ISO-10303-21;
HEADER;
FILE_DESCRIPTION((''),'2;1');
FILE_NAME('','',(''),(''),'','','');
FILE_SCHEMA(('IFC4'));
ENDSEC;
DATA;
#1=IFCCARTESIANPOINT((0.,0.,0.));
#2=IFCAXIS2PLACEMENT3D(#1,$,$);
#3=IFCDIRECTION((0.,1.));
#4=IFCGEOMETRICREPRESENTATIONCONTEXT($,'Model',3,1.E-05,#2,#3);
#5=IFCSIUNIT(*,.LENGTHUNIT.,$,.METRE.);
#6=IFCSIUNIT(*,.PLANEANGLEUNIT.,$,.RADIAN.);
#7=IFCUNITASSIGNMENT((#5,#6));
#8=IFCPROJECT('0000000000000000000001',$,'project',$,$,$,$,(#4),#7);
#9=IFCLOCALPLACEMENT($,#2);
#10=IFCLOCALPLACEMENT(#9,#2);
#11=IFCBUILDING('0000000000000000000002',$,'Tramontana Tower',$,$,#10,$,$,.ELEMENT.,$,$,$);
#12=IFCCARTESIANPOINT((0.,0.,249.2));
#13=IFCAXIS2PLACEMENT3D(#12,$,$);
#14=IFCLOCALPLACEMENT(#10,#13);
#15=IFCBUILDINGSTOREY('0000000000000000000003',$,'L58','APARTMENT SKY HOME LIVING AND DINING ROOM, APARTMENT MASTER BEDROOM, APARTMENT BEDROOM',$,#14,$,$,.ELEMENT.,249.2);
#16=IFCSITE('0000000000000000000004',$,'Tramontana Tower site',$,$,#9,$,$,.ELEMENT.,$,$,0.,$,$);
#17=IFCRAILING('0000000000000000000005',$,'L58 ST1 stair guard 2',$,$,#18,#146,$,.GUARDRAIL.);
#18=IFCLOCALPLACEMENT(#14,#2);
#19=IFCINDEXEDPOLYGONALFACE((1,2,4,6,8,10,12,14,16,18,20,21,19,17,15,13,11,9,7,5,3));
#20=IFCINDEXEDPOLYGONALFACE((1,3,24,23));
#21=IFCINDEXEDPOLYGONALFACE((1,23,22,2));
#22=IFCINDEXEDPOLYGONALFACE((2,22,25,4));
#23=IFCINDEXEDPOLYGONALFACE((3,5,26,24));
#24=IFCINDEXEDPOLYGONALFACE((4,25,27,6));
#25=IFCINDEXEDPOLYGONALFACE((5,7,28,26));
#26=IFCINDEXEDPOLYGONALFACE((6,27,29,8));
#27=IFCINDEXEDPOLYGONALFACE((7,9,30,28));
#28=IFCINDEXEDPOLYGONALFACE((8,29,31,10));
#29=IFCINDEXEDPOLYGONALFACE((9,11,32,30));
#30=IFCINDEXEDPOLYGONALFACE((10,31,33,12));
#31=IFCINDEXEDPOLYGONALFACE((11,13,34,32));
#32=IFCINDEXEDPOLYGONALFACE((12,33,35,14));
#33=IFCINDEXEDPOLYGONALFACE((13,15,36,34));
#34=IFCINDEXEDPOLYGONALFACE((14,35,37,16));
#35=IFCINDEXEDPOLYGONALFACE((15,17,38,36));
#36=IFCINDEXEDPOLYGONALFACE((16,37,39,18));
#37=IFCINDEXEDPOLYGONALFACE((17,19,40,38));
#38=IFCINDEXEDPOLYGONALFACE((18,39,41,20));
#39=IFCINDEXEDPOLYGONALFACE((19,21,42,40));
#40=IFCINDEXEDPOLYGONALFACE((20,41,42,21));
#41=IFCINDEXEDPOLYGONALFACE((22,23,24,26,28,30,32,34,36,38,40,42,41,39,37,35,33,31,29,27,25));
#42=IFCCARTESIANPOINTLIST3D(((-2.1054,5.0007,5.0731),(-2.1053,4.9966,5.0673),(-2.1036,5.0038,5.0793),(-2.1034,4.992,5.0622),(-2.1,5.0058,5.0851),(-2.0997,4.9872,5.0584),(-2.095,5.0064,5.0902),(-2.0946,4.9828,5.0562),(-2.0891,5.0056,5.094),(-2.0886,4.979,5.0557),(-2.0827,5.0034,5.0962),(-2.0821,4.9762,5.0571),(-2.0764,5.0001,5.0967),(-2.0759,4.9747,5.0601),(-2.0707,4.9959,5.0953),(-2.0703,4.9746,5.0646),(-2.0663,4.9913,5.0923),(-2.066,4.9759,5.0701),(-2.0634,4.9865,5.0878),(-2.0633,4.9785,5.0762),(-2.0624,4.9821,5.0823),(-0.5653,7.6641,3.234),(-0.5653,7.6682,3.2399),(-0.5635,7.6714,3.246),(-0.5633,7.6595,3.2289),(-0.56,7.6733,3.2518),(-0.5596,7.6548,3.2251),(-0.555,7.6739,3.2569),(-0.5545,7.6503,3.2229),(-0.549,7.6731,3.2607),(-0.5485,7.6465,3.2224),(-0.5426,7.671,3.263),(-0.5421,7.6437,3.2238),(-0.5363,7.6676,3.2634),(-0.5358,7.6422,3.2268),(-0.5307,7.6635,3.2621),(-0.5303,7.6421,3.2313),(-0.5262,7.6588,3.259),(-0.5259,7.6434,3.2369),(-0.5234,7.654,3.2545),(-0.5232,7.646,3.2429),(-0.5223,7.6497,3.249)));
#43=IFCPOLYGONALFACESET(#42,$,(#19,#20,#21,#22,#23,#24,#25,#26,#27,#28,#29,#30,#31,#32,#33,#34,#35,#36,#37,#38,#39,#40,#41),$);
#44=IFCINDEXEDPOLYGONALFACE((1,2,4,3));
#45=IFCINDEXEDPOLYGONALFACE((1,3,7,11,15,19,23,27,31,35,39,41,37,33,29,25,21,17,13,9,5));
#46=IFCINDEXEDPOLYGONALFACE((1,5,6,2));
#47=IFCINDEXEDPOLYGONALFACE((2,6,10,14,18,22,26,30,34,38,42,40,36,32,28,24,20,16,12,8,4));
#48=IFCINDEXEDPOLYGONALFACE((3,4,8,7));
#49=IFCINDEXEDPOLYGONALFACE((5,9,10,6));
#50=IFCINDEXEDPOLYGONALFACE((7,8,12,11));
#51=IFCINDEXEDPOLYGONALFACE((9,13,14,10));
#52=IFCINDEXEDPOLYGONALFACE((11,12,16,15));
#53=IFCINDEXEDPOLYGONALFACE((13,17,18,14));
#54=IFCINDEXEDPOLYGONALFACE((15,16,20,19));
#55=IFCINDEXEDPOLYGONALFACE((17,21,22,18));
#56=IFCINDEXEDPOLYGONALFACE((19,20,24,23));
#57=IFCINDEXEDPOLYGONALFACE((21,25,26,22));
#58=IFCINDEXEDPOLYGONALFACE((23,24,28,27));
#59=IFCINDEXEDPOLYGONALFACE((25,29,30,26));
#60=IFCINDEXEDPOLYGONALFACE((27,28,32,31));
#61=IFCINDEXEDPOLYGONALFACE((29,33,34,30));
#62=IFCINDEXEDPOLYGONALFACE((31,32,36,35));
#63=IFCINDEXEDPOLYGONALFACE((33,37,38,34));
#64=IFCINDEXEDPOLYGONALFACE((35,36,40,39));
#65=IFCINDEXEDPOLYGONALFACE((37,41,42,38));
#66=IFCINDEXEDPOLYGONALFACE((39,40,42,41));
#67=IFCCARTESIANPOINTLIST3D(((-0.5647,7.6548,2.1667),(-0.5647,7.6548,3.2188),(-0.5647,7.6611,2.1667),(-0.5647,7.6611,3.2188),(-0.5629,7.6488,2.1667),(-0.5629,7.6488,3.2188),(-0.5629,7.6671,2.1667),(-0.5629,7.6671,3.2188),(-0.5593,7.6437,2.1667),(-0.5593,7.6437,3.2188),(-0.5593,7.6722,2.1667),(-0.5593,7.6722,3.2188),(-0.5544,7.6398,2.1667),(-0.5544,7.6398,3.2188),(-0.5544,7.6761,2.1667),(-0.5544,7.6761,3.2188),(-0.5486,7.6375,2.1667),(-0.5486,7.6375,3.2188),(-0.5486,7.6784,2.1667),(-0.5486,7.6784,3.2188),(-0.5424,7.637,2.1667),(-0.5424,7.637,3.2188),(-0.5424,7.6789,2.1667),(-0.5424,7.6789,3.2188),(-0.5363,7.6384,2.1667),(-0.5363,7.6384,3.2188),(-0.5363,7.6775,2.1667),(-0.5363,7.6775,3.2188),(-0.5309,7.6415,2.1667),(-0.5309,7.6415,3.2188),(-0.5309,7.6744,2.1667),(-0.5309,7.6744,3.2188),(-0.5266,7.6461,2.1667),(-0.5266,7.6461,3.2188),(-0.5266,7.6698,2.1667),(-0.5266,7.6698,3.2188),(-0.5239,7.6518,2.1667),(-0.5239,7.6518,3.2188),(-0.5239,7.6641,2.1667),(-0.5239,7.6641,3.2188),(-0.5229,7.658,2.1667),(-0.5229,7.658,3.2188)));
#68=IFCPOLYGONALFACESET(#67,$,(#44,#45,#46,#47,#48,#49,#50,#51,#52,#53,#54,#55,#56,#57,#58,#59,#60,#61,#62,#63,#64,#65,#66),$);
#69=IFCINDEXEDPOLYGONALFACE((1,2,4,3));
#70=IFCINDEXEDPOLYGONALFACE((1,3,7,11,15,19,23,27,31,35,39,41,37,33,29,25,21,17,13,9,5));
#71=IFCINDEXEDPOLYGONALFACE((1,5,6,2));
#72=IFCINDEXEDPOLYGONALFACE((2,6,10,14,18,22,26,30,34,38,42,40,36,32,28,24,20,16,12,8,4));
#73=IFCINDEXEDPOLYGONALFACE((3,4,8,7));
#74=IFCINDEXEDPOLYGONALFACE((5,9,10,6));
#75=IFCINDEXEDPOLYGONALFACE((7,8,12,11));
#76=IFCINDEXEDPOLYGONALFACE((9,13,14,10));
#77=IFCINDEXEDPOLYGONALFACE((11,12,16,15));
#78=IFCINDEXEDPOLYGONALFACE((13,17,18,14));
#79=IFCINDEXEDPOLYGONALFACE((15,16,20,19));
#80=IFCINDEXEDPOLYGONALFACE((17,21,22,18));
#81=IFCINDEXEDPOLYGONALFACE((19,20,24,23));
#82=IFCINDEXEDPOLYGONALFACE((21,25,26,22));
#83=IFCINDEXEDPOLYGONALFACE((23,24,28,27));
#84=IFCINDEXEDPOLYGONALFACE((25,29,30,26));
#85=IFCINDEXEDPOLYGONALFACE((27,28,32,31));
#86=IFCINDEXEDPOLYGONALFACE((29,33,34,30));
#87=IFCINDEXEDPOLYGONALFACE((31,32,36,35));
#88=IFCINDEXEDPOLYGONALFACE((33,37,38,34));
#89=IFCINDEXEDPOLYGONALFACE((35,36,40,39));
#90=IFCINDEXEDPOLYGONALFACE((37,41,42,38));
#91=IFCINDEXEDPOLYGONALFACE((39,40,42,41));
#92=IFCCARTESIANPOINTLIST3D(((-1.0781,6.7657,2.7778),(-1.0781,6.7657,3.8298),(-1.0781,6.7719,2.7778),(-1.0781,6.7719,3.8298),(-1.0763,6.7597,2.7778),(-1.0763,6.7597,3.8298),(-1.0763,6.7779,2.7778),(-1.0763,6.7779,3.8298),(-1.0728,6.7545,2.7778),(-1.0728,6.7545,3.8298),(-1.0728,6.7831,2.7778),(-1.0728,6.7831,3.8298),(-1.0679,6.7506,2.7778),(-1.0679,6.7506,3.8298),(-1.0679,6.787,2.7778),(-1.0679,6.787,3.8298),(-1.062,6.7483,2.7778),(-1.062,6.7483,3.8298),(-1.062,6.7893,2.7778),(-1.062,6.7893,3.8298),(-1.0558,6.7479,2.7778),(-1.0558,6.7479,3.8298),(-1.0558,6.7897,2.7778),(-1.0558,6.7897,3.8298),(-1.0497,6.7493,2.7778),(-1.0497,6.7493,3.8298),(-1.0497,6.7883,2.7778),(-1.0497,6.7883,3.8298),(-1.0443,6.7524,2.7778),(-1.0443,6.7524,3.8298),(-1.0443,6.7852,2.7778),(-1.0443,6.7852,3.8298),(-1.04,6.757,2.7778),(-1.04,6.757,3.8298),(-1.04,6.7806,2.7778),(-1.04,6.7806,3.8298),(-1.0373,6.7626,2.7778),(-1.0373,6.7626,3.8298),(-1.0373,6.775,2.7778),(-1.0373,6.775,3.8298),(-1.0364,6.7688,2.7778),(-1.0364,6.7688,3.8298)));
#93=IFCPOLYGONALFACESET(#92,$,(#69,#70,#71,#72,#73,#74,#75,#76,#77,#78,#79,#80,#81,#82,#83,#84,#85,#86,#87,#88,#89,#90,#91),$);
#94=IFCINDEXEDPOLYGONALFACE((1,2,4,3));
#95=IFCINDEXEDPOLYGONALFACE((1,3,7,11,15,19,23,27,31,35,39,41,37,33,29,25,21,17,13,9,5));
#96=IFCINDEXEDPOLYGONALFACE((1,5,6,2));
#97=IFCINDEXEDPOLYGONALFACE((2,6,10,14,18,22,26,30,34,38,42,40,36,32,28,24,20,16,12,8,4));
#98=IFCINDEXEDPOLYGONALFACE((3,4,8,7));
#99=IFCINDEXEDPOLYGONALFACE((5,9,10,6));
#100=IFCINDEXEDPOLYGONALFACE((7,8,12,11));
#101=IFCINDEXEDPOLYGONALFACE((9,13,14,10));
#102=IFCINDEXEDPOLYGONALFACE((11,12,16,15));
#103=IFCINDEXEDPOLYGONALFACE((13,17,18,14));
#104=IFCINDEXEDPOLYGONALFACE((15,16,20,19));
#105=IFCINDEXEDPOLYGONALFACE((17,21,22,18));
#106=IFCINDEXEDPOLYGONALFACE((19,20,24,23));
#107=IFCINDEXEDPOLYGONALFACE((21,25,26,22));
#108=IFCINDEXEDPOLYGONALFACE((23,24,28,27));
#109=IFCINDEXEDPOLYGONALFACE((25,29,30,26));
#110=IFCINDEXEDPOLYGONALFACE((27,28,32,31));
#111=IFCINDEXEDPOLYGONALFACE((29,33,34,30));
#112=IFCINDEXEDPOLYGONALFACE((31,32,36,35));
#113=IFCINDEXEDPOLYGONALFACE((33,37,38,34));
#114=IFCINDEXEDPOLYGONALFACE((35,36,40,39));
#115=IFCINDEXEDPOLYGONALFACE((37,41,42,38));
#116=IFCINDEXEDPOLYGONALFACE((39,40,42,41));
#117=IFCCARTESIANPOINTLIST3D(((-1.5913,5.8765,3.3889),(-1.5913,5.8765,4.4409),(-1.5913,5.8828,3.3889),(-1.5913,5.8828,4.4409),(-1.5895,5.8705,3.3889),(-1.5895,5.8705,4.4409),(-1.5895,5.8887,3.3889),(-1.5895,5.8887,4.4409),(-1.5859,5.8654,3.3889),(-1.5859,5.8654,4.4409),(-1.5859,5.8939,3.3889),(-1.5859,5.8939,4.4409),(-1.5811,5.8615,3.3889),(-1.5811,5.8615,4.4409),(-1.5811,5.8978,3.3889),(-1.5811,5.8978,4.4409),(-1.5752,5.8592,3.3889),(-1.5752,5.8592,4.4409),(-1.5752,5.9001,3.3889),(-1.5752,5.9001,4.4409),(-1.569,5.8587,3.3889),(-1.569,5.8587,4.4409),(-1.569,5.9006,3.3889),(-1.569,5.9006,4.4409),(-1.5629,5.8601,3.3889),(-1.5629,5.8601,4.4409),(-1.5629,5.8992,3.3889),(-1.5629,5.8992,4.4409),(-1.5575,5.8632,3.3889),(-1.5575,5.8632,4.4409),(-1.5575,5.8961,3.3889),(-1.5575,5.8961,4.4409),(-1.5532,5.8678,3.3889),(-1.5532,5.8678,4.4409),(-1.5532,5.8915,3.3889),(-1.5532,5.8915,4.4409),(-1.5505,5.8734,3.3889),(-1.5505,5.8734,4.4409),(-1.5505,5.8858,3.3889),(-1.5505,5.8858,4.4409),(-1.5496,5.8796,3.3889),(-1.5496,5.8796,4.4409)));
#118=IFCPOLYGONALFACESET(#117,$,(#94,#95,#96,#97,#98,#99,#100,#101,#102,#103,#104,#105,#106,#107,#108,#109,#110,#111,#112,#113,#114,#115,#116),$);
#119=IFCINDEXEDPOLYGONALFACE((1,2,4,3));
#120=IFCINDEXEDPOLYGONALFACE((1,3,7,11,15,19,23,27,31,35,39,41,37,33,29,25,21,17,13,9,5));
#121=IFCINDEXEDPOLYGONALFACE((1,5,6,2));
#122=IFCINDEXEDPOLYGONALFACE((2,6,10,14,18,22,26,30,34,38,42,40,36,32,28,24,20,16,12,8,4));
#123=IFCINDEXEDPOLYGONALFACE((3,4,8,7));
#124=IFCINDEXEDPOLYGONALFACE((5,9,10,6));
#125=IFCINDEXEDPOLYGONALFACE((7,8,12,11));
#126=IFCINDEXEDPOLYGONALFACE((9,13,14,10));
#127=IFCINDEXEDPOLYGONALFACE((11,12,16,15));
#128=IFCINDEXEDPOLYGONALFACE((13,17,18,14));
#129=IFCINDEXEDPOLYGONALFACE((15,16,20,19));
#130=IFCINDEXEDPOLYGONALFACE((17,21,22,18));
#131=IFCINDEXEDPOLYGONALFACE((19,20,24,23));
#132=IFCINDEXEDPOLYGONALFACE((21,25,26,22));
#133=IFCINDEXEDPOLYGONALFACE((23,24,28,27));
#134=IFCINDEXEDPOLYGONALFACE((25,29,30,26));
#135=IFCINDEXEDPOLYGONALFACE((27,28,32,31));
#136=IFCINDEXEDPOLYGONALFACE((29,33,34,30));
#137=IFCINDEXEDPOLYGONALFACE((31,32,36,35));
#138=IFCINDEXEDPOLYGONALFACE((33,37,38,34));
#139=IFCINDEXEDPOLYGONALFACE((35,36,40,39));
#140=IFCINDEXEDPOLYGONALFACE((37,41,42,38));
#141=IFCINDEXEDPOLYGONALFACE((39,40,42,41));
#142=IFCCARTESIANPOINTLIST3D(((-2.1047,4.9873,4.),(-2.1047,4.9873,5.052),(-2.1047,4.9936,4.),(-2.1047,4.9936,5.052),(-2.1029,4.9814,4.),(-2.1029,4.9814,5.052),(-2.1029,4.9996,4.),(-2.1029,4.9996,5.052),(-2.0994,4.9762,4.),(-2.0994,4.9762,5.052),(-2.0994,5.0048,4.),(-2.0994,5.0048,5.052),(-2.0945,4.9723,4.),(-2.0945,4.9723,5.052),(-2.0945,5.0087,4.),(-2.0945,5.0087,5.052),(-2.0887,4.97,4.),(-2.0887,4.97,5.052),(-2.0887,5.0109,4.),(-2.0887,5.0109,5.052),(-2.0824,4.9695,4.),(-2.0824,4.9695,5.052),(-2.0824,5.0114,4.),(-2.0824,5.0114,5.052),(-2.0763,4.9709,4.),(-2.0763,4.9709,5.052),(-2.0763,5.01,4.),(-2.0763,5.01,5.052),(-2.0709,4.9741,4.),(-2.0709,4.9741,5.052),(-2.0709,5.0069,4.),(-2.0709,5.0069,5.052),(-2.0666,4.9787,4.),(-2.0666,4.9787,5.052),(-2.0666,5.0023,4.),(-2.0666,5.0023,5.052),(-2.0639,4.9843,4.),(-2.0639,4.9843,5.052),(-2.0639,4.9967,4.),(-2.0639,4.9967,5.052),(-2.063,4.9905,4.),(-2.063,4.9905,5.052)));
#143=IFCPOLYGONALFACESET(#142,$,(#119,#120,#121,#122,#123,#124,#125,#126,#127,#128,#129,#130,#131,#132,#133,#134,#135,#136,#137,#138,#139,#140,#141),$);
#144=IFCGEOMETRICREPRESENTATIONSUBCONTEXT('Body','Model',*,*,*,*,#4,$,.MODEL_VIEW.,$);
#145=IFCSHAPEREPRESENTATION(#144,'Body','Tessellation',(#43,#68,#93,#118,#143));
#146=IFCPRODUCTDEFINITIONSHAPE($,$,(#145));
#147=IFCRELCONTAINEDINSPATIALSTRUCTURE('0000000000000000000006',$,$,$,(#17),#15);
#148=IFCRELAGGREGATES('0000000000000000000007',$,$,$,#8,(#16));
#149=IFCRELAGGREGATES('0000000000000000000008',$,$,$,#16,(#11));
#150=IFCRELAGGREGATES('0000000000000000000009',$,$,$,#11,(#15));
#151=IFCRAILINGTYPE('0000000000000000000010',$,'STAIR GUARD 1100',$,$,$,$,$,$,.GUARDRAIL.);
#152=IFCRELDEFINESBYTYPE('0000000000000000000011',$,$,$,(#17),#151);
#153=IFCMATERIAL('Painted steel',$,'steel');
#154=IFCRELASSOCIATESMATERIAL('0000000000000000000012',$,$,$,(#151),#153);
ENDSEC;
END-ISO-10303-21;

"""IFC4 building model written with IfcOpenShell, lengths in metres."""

from ifc_helpers import new_model, si_unit, direction, frame, origin, origin_2d, place, context, subcontext, project, spatial, circle, extrude, material, type_object, element, save


model = new_model("IFC4")

# Units and contexts
model_context = context("Model", 3, precision=1e-05, world=origin(), true_north=direction((0.0, 1.0)))
body_context = subcontext(model_context, "Body", "Model", "MODEL_VIEW")
ifc_project = project(units=[si_unit("LENGTHUNIT", "METRE"), si_unit("PLANEANGLEUNIT", "RADIAN")], contexts=[model_context])

# Site, building, storey
site_placement = place(None, origin())
site = spatial("IfcSite", under=ifc_project, at=site_placement, Name="Tramontana Tower site", CompositionType="ELEMENT", RefElevation=0.0)
building_placement = place(site_placement, origin())
building = spatial("IfcBuilding", under=site, at=building_placement, Name="Tramontana Tower", CompositionType="ELEMENT")
storey_placement = place(building_placement, frame((0.0, 0.0, 249.2)))
storey = spatial("IfcBuildingStorey", under=building, at=storey_placement, Name="L58", Description="APARTMENT SKY HOME LIVING AND DINING ROOM, APARTMENT MASTER BEDROOM, APARTMENT BEDROOM", CompositionType="ELEMENT", Elevation=249.2)

# Railing
ifc_material_1 = material(Name="Painted steel", Category="steel")
railing_type_1 = type_object("IfcRailingType", Name="STAIR GUARD 1100", PredefinedType="GUARDRAIL", material=ifc_material_1)
railing_1_placement = place(storey_placement, frame((-0.5439, 7.658, 2.1667)))
element("IfcRailing", 1, at=railing_1_placement, inside=storey, type_object=railing_type_1, Name="L58 ST1 stair guard 2", PredefinedType="GUARDRAIL", context=body_context, shape_type="SweptSolid", body=[
    extrude(circle(Radius=0.0239, at=origin_2d()), frame((0.0, 0.0, 1.0762), z_axis=(-0.429649, -0.74419, 0.511452), x_axis=(0.86603, -0.499992, 0.0)), (0.0, 0.0, 1.0), 3.5845),
    extrude(circle(Radius=0.021, at=origin_2d()), origin(), (0.0, 0.0, 1.0), 1.052),
    extrude(circle(Radius=0.021, at=origin_2d()), frame((-0.5134, -0.8892, 0.6111)), (0.0, 0.0, 1.0), 1.052),
    extrude(circle(Radius=0.021, at=origin_2d()), frame((-1.0266, -1.7783, 1.2222)), (0.0, 0.0, 1.0), 1.052),
    extrude(circle(Radius=0.021, at=origin_2d()), frame((-1.54, -2.6675, 1.8333)), (0.0, 0.0, 1.0), 1.052),
])

save(model, "model.ifc")
